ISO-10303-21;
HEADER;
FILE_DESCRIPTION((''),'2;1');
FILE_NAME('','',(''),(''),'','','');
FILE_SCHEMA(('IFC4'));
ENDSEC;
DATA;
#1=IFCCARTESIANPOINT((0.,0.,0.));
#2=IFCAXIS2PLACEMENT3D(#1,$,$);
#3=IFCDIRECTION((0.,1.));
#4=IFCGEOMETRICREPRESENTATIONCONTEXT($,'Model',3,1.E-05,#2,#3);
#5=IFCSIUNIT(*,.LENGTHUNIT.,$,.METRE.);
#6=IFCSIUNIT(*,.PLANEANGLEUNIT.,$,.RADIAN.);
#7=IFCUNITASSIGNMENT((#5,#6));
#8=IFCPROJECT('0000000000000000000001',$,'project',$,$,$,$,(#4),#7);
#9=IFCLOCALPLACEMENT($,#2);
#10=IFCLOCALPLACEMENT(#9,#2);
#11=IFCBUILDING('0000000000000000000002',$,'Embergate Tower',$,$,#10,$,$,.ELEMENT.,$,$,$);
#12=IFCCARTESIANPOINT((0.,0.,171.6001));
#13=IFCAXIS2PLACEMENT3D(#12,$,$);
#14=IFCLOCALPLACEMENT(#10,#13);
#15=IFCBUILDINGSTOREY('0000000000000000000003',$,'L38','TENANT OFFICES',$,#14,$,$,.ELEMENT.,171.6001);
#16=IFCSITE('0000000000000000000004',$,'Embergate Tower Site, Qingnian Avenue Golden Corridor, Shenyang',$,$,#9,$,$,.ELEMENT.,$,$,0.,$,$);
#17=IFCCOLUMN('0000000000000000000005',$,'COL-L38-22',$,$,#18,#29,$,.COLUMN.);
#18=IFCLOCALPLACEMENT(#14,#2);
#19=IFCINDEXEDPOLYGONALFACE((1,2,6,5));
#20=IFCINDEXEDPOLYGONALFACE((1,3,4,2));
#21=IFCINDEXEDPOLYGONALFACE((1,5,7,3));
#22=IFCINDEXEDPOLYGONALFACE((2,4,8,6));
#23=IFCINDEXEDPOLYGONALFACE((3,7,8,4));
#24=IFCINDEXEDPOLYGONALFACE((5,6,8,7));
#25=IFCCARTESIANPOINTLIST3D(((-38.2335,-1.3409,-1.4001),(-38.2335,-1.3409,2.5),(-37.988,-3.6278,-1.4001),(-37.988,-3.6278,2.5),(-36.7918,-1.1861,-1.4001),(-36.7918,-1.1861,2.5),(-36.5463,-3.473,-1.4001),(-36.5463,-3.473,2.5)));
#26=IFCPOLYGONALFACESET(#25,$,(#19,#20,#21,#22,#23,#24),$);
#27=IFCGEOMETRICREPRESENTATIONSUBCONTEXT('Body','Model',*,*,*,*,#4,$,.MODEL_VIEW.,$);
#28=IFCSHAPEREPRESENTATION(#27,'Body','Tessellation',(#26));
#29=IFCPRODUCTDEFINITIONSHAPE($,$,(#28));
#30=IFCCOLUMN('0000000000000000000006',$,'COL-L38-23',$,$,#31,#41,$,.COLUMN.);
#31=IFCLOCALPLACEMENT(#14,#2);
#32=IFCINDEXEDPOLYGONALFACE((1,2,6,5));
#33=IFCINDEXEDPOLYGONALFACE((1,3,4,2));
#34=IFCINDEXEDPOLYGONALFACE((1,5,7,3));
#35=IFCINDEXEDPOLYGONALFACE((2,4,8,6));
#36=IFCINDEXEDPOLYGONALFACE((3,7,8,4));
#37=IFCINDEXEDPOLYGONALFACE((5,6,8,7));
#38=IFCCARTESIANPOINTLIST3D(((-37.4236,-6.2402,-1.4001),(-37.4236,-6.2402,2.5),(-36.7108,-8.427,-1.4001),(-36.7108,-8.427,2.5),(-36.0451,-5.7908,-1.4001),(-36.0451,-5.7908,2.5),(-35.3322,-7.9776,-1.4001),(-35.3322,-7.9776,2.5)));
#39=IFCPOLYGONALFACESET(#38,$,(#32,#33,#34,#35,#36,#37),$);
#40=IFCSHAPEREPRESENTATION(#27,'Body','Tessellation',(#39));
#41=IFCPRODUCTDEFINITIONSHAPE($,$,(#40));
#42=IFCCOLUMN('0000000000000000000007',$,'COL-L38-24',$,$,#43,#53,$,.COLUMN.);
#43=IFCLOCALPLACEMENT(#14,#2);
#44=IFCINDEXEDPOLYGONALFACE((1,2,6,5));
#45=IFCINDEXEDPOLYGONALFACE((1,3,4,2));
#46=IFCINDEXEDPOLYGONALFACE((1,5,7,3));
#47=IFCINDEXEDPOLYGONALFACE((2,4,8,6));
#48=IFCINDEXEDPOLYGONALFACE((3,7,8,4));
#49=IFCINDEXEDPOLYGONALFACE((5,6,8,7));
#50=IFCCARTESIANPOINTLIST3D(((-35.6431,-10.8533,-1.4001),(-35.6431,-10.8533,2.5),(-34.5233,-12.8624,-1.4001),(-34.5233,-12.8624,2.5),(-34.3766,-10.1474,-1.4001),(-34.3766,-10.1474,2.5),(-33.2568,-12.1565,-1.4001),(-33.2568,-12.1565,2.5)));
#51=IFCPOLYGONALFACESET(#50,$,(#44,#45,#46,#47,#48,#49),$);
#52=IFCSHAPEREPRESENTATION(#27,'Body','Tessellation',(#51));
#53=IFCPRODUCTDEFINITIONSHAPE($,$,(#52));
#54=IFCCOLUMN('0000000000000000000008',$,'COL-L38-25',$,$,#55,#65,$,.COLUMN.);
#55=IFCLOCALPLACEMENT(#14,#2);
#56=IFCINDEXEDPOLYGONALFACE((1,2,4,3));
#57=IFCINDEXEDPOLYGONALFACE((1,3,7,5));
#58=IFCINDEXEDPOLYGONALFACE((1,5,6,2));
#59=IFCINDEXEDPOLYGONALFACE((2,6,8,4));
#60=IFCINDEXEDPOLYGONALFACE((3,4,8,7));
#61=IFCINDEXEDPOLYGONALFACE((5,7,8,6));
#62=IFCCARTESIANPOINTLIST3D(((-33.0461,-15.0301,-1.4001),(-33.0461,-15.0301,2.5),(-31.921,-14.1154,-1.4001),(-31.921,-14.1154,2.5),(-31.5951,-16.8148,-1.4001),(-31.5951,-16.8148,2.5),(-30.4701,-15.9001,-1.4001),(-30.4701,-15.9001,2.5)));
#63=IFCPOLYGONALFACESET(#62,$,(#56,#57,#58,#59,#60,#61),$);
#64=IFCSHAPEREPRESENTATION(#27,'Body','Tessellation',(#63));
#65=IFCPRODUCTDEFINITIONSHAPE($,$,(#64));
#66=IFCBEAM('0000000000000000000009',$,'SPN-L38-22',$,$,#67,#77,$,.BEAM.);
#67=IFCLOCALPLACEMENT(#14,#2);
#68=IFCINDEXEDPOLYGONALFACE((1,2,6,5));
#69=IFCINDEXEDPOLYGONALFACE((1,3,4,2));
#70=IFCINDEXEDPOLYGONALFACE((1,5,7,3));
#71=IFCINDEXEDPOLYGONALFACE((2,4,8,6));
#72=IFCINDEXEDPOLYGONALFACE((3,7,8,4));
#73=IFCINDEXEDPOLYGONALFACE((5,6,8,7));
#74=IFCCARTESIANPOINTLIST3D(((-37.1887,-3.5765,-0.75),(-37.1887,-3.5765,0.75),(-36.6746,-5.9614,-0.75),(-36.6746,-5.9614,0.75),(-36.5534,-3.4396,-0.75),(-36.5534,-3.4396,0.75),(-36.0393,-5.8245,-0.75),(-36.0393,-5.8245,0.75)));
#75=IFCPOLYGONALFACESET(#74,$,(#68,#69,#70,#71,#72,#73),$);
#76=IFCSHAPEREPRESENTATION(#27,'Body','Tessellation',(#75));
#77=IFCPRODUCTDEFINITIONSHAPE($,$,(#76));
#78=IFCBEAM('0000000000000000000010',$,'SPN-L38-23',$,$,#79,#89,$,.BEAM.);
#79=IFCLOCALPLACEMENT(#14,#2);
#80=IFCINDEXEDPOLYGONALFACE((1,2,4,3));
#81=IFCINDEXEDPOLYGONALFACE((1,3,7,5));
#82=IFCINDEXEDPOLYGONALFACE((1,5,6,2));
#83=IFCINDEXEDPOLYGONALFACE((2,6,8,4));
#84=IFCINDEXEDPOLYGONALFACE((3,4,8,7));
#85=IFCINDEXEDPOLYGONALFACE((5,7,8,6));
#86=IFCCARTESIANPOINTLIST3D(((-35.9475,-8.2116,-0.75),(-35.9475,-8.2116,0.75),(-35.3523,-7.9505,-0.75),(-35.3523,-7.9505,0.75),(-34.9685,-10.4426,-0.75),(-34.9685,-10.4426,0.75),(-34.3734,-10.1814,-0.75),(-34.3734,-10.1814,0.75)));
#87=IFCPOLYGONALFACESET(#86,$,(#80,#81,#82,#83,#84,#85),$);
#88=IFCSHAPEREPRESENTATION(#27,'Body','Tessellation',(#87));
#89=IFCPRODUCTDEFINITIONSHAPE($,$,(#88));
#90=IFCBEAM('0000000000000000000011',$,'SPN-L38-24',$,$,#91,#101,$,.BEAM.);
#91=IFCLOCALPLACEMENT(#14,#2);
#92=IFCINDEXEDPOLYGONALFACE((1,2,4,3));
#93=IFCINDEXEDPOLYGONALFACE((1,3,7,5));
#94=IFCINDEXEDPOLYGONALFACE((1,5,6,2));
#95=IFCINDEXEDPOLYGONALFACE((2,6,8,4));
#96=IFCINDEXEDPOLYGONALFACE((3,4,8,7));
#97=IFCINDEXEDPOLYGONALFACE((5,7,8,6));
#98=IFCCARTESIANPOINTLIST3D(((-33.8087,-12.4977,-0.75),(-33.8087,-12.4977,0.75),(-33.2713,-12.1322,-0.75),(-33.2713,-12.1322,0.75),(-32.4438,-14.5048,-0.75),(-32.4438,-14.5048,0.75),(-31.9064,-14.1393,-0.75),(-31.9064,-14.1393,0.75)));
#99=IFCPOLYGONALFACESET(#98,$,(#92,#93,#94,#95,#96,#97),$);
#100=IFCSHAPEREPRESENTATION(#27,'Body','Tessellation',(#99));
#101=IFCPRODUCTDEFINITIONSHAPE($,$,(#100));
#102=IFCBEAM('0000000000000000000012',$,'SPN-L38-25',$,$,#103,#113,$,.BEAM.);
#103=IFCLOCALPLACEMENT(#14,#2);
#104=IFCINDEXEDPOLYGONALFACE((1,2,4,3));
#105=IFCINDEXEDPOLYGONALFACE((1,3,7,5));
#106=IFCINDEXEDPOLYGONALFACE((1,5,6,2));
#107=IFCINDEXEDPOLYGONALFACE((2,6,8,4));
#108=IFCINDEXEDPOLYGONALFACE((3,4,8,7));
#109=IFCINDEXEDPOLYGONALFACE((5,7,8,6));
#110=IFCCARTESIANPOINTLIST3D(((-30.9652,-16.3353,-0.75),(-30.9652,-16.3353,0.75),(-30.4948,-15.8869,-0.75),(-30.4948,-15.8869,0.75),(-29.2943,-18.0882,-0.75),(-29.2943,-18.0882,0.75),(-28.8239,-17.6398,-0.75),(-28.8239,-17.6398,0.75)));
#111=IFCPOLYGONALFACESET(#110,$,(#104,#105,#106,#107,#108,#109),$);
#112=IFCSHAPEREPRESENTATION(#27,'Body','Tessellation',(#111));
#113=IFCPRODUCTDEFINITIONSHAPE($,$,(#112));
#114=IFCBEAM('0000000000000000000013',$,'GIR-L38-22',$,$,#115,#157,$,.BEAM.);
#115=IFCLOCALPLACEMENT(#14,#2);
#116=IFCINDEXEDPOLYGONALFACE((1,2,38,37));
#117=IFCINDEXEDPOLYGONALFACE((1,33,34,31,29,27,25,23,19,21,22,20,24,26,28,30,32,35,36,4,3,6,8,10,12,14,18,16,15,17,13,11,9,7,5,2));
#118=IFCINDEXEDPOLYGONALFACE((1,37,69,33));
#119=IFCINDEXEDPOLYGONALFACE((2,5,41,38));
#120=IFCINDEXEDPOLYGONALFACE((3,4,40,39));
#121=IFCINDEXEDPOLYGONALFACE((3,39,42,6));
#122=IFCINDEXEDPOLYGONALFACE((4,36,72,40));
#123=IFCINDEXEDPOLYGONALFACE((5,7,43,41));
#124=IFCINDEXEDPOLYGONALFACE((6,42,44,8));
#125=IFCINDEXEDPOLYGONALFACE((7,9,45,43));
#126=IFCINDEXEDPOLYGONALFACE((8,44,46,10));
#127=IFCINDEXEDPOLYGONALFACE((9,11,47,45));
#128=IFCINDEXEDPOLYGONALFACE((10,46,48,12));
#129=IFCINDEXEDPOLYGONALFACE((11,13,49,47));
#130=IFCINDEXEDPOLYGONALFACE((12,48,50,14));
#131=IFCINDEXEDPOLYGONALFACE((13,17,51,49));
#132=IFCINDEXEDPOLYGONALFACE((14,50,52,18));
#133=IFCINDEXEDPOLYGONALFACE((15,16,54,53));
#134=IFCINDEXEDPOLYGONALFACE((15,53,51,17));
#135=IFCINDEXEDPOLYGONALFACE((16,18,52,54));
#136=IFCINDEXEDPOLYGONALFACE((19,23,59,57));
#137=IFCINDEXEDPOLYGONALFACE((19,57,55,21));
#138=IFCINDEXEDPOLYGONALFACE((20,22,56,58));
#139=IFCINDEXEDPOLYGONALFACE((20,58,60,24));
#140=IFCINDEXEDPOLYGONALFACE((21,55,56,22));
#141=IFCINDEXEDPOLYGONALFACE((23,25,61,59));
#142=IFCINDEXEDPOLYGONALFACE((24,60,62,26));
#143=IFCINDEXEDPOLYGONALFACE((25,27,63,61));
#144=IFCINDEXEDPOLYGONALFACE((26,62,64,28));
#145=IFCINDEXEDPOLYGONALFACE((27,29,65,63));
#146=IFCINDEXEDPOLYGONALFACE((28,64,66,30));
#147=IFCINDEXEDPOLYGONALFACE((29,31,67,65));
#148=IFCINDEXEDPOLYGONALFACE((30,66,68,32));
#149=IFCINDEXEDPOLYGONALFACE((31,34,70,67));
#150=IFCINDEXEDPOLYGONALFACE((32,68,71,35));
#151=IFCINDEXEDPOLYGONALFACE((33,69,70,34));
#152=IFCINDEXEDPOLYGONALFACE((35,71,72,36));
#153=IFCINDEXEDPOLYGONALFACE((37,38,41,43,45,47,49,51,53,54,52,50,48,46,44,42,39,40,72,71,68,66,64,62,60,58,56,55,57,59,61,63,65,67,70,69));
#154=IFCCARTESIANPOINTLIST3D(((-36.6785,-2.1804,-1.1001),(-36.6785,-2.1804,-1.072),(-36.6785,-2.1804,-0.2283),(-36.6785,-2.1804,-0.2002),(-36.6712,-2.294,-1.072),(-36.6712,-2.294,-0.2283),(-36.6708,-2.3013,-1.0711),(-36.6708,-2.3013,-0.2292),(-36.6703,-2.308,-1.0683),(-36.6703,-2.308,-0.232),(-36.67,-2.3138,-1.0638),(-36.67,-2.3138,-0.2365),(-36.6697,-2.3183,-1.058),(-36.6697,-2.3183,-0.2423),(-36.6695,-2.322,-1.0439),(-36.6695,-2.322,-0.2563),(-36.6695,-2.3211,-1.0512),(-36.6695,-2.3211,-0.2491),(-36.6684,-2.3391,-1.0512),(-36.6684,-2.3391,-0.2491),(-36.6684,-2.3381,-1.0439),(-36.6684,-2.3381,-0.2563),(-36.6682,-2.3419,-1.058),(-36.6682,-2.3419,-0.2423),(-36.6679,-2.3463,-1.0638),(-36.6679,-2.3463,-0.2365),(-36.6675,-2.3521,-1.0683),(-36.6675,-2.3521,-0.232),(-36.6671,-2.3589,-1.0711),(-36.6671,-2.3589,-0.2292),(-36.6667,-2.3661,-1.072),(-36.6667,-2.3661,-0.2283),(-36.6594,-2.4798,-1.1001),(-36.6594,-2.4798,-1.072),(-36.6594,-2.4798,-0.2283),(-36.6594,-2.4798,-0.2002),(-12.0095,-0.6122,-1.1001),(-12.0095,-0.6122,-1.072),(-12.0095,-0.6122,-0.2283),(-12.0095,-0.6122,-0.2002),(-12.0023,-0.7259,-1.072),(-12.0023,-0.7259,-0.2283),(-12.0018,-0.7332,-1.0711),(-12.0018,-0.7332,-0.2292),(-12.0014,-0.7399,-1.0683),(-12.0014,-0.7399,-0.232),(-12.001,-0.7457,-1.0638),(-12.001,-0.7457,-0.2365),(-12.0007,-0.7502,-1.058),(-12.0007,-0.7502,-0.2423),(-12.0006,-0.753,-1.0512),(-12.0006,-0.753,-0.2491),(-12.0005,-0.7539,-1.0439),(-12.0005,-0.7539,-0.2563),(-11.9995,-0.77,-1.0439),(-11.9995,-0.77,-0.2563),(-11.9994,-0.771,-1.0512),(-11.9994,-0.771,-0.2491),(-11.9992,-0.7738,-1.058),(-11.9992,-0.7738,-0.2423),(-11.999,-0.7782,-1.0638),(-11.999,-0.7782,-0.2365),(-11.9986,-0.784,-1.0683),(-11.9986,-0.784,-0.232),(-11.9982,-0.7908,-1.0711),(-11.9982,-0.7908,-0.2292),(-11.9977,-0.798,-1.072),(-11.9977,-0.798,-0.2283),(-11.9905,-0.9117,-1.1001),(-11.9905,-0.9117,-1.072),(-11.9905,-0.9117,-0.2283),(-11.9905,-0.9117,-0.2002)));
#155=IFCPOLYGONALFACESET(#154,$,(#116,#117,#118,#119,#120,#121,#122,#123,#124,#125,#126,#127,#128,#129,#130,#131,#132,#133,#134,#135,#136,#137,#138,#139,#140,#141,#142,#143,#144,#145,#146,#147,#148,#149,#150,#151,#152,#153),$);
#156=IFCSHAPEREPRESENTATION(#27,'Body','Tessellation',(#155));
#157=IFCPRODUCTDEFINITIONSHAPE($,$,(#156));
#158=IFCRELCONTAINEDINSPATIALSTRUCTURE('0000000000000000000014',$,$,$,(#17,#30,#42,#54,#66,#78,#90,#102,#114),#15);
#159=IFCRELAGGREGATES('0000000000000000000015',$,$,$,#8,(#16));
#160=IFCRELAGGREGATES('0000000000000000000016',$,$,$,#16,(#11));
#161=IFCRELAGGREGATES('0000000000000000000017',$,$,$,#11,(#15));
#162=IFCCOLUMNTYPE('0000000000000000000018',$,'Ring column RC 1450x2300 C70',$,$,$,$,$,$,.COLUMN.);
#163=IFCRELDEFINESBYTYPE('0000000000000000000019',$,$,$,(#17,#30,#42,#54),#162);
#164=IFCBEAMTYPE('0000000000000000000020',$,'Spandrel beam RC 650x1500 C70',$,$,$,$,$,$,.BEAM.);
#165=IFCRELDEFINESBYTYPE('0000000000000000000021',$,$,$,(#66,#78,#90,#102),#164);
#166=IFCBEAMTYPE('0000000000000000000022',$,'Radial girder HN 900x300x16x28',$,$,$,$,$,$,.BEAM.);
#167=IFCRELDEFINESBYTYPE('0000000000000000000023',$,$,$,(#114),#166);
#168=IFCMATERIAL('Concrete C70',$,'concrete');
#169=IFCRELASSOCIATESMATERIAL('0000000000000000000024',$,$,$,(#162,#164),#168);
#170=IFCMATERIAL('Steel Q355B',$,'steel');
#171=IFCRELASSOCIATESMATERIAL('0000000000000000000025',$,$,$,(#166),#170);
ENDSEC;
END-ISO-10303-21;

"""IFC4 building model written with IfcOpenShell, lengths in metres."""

from ifc_helpers import new_model, si_unit, direction, frame, origin, origin_2d, place, context, subcontext, project, spatial, rectangle, i_section, extrude, source, transform, mapped, material, material_profile, profile_set, type_object, element, save


model = new_model("IFC4")

# Units and contexts
model_context = context("Model", 3, precision=1e-05, world=origin(), true_north=direction((0.0, 1.0)))
body_context = subcontext(model_context, "Body", "Model", "MODEL_VIEW")
ifc_project = project(units=[si_unit("LENGTHUNIT", "METRE"), si_unit("PLANEANGLEUNIT", "RADIAN")], contexts=[model_context])

# Site, building, storey
site_placement = place(None, origin())
site = spatial("IfcSite", under=ifc_project, at=site_placement, Name="Embergate Tower Site, Qingnian Avenue Golden Corridor, Shenyang", CompositionType="ELEMENT", RefElevation=0.0)
building_placement = place(site_placement, origin())
building = spatial("IfcBuilding", under=site, at=building_placement, Name="Embergate Tower", CompositionType="ELEMENT")
storey_placement = place(building_placement, frame((0.0, 0.0, 171.6001)))
storey = spatial("IfcBuildingStorey", under=building, at=storey_placement, Name="L38", Description="TENANT OFFICES", CompositionType="ELEMENT", Elevation=171.6001)

# Columns
ifc_material_1 = material(Name="Concrete C70", Category="concrete")
ifc_material_profile_1 = material_profile(ifc_material_1, rectangle(XDim=1.45, YDim=2.3, at=origin_2d()), Name="RC 1450x2300")
ifc_profile_set_1 = profile_set([ifc_material_profile_1], Name="Concrete C70")
column_type = type_object("IfcColumnType", Name="Ring column RC 1450x2300 C70", PredefinedType="COLUMN", material=ifc_profile_set_1)
shared_shape_1 = source(origin(), body_context, "Body", "SweptSolid", [
    extrude(rectangle(XDim=1.45, YDim=2.3, at=origin_2d()), origin(), (0.0, 0.0, 1.0), 3.9001),
])
for number, where, z_axis, x_axis, name in (
    (1, (-37.3899, -2.407, -1.4001), (0.0, 0.0, 1.0), (-0.994286, -0.10675, 0.0), "COL-L38-22"),
    (2, (-36.3779, -7.1089, -1.4001), (0.0, 0.0, 1.0), (-0.950754, -0.309946, 0.0), "COL-L38-23"),
    (3, (-34.45, -11.5049, -1.4001), (0.0, 0.0, 1.0), (-0.873492, -0.486839, 0.0), "COL-L38-24"),
    (4, (-31.7581, -15.4651, -1.4001), (0.0, 0.0, 1.0), (-0.775914, -0.630838, 0.0), "COL-L38-25"),
):
    element("IfcColumn", number, at=place(storey_placement, frame(where, z_axis=z_axis, x_axis=x_axis)), inside=storey, type_object=column_type, Name=name, PredefinedType="COLUMN", context=body_context, shape_type="MappedRepresentation", body=[
        mapped(shared_shape_1, transform((0.0, 0.0, 0.0))),
    ])

# Beams
ifc_material_profile_2 = material_profile(ifc_material_1, rectangle(XDim=0.6499, YDim=1.5, at=origin_2d()), Name="RC 650x1500")
ifc_profile_set_2 = profile_set([ifc_material_profile_2], Name="Concrete C70")
beam_type_1 = type_object("IfcBeamType", Name="Spandrel beam RC 650x1500 C70", PredefinedType="BEAM", material=ifc_profile_set_2)
shared_shape_2 = source(origin(), body_context, "Body", "SweptSolid", [
    extrude(rectangle(XDim=0.6499, YDim=1.5, at=origin_2d()), origin(), (0.0, 0.0, 1.0), 2.4397),
])
beam_1_placement = place(storey_placement, frame((-36.8711, -3.5081, 0.0), z_axis=(0.210739, -0.977542, 0.0), x_axis=(0.977542, 0.210739, 0.0)))
element("IfcBeam", 5, at=beam_1_placement, inside=storey, type_object=beam_type_1, Name="SPN-L38-22", PredefinedType="BEAM", context=body_context, shape_type="MappedRepresentation", body=[
    mapped(shared_shape_2, transform((0.0, 0.0, 0.0))),
])
shared_shape_3 = source(origin(), body_context, "Body", "SweptSolid", [
    extrude(rectangle(XDim=0.6499, YDim=1.5, at=origin_2d()), origin(), (0.0, 0.0, 1.0), 2.4363),
])
beam_2_placement = place(storey_placement, frame((-35.6499, -8.0811, 0.0), z_axis=(0.401838, -0.915711, 0.0), x_axis=(0.915711, 0.401838, 0.0)))
element("IfcBeam", 6, at=beam_2_placement, inside=storey, type_object=beam_type_1, Name="SPN-L38-23", PredefinedType="BEAM", context=body_context, shape_type="MappedRepresentation", body=[
    mapped(shared_shape_3, transform((0.0, 0.0, 0.0))),
])
shared_shape_4 = source(origin(), body_context, "Body", "SweptSolid", [
    extrude(rectangle(XDim=0.6499, YDim=1.5, at=origin_2d()), origin(), (0.0, 0.0, 1.0), 2.4272),
])
beam_3_placement = place(storey_placement, frame((-33.54, -12.3149, 0.0), z_axis=(0.56236, -0.826893, 0.0), x_axis=(0.826893, 0.56236, 0.0)))
element("IfcBeam", 7, at=beam_3_placement, inside=storey, type_object=beam_type_1, Name="SPN-L38-24", PredefinedType="BEAM", context=body_context, shape_type="MappedRepresentation", body=[
    mapped(shared_shape_4, transform((0.0, 0.0, 0.0))),
])
shared_shape_5 = source(origin(), body_context, "Body", "SweptSolid", [
    extrude(rectangle(XDim=0.6499, YDim=1.5, at=origin_2d()), origin(), (0.0, 0.0, 1.0), 2.4216),
])
beam_4_placement = place(storey_placement, frame((-30.73, -16.1111, 0.0), z_axis=(0.689967, -0.723841, 0.0), x_axis=(0.723841, 0.689967, 0.0)))
element("IfcBeam", 8, at=beam_4_placement, inside=storey, type_object=beam_type_1, Name="SPN-L38-25", PredefinedType="BEAM", context=body_context, shape_type="MappedRepresentation", body=[
    mapped(shared_shape_5, transform((0.0, 0.0, 0.0))),
])
ifc_material_2 = material(Name="Steel Q355B", Category="steel")
ifc_material_profile_3 = material_profile(ifc_material_2, i_section(OverallWidth=0.3, OverallDepth=0.8999, WebThickness=0.0161, FlangeThickness=0.0281, FilletRadius=0.0281, at=origin_2d()), Name="HN 900x300x16x28")
ifc_profile_set_3 = profile_set([ifc_material_profile_3], Name="Steel Q355 grade B")
beam_type_2 = type_object("IfcBeamType", Name="Radial girder HN 900x300x16x28", PredefinedType="BEAM", material=ifc_profile_set_3)
shared_shape_6 = source(origin(), body_context, "Body", "SweptSolid", [
    extrude(i_section(OverallWidth=0.3, OverallDepth=0.8999, WebThickness=0.0161, FlangeThickness=0.0281, FilletRadius=0.0281, at=origin_2d()), origin(), (0.0, 0.0, 1.0), 24.7188),
])
beam_5_placement = place(storey_placement, frame((-36.6689, -2.3301, -0.6501), z_axis=(0.997986, 0.063438, 0.0), x_axis=(-0.063438, 0.997986, 0.0)))
element("IfcBeam", 9, at=beam_5_placement, inside=storey, type_object=beam_type_2, Name="GIR-L38-22", PredefinedType="BEAM", context=body_context, shape_type="MappedRepresentation", body=[
    mapped(shared_shape_6, transform((0.0, 0.0, 0.0))),
])

save(model, "model.ifc")
